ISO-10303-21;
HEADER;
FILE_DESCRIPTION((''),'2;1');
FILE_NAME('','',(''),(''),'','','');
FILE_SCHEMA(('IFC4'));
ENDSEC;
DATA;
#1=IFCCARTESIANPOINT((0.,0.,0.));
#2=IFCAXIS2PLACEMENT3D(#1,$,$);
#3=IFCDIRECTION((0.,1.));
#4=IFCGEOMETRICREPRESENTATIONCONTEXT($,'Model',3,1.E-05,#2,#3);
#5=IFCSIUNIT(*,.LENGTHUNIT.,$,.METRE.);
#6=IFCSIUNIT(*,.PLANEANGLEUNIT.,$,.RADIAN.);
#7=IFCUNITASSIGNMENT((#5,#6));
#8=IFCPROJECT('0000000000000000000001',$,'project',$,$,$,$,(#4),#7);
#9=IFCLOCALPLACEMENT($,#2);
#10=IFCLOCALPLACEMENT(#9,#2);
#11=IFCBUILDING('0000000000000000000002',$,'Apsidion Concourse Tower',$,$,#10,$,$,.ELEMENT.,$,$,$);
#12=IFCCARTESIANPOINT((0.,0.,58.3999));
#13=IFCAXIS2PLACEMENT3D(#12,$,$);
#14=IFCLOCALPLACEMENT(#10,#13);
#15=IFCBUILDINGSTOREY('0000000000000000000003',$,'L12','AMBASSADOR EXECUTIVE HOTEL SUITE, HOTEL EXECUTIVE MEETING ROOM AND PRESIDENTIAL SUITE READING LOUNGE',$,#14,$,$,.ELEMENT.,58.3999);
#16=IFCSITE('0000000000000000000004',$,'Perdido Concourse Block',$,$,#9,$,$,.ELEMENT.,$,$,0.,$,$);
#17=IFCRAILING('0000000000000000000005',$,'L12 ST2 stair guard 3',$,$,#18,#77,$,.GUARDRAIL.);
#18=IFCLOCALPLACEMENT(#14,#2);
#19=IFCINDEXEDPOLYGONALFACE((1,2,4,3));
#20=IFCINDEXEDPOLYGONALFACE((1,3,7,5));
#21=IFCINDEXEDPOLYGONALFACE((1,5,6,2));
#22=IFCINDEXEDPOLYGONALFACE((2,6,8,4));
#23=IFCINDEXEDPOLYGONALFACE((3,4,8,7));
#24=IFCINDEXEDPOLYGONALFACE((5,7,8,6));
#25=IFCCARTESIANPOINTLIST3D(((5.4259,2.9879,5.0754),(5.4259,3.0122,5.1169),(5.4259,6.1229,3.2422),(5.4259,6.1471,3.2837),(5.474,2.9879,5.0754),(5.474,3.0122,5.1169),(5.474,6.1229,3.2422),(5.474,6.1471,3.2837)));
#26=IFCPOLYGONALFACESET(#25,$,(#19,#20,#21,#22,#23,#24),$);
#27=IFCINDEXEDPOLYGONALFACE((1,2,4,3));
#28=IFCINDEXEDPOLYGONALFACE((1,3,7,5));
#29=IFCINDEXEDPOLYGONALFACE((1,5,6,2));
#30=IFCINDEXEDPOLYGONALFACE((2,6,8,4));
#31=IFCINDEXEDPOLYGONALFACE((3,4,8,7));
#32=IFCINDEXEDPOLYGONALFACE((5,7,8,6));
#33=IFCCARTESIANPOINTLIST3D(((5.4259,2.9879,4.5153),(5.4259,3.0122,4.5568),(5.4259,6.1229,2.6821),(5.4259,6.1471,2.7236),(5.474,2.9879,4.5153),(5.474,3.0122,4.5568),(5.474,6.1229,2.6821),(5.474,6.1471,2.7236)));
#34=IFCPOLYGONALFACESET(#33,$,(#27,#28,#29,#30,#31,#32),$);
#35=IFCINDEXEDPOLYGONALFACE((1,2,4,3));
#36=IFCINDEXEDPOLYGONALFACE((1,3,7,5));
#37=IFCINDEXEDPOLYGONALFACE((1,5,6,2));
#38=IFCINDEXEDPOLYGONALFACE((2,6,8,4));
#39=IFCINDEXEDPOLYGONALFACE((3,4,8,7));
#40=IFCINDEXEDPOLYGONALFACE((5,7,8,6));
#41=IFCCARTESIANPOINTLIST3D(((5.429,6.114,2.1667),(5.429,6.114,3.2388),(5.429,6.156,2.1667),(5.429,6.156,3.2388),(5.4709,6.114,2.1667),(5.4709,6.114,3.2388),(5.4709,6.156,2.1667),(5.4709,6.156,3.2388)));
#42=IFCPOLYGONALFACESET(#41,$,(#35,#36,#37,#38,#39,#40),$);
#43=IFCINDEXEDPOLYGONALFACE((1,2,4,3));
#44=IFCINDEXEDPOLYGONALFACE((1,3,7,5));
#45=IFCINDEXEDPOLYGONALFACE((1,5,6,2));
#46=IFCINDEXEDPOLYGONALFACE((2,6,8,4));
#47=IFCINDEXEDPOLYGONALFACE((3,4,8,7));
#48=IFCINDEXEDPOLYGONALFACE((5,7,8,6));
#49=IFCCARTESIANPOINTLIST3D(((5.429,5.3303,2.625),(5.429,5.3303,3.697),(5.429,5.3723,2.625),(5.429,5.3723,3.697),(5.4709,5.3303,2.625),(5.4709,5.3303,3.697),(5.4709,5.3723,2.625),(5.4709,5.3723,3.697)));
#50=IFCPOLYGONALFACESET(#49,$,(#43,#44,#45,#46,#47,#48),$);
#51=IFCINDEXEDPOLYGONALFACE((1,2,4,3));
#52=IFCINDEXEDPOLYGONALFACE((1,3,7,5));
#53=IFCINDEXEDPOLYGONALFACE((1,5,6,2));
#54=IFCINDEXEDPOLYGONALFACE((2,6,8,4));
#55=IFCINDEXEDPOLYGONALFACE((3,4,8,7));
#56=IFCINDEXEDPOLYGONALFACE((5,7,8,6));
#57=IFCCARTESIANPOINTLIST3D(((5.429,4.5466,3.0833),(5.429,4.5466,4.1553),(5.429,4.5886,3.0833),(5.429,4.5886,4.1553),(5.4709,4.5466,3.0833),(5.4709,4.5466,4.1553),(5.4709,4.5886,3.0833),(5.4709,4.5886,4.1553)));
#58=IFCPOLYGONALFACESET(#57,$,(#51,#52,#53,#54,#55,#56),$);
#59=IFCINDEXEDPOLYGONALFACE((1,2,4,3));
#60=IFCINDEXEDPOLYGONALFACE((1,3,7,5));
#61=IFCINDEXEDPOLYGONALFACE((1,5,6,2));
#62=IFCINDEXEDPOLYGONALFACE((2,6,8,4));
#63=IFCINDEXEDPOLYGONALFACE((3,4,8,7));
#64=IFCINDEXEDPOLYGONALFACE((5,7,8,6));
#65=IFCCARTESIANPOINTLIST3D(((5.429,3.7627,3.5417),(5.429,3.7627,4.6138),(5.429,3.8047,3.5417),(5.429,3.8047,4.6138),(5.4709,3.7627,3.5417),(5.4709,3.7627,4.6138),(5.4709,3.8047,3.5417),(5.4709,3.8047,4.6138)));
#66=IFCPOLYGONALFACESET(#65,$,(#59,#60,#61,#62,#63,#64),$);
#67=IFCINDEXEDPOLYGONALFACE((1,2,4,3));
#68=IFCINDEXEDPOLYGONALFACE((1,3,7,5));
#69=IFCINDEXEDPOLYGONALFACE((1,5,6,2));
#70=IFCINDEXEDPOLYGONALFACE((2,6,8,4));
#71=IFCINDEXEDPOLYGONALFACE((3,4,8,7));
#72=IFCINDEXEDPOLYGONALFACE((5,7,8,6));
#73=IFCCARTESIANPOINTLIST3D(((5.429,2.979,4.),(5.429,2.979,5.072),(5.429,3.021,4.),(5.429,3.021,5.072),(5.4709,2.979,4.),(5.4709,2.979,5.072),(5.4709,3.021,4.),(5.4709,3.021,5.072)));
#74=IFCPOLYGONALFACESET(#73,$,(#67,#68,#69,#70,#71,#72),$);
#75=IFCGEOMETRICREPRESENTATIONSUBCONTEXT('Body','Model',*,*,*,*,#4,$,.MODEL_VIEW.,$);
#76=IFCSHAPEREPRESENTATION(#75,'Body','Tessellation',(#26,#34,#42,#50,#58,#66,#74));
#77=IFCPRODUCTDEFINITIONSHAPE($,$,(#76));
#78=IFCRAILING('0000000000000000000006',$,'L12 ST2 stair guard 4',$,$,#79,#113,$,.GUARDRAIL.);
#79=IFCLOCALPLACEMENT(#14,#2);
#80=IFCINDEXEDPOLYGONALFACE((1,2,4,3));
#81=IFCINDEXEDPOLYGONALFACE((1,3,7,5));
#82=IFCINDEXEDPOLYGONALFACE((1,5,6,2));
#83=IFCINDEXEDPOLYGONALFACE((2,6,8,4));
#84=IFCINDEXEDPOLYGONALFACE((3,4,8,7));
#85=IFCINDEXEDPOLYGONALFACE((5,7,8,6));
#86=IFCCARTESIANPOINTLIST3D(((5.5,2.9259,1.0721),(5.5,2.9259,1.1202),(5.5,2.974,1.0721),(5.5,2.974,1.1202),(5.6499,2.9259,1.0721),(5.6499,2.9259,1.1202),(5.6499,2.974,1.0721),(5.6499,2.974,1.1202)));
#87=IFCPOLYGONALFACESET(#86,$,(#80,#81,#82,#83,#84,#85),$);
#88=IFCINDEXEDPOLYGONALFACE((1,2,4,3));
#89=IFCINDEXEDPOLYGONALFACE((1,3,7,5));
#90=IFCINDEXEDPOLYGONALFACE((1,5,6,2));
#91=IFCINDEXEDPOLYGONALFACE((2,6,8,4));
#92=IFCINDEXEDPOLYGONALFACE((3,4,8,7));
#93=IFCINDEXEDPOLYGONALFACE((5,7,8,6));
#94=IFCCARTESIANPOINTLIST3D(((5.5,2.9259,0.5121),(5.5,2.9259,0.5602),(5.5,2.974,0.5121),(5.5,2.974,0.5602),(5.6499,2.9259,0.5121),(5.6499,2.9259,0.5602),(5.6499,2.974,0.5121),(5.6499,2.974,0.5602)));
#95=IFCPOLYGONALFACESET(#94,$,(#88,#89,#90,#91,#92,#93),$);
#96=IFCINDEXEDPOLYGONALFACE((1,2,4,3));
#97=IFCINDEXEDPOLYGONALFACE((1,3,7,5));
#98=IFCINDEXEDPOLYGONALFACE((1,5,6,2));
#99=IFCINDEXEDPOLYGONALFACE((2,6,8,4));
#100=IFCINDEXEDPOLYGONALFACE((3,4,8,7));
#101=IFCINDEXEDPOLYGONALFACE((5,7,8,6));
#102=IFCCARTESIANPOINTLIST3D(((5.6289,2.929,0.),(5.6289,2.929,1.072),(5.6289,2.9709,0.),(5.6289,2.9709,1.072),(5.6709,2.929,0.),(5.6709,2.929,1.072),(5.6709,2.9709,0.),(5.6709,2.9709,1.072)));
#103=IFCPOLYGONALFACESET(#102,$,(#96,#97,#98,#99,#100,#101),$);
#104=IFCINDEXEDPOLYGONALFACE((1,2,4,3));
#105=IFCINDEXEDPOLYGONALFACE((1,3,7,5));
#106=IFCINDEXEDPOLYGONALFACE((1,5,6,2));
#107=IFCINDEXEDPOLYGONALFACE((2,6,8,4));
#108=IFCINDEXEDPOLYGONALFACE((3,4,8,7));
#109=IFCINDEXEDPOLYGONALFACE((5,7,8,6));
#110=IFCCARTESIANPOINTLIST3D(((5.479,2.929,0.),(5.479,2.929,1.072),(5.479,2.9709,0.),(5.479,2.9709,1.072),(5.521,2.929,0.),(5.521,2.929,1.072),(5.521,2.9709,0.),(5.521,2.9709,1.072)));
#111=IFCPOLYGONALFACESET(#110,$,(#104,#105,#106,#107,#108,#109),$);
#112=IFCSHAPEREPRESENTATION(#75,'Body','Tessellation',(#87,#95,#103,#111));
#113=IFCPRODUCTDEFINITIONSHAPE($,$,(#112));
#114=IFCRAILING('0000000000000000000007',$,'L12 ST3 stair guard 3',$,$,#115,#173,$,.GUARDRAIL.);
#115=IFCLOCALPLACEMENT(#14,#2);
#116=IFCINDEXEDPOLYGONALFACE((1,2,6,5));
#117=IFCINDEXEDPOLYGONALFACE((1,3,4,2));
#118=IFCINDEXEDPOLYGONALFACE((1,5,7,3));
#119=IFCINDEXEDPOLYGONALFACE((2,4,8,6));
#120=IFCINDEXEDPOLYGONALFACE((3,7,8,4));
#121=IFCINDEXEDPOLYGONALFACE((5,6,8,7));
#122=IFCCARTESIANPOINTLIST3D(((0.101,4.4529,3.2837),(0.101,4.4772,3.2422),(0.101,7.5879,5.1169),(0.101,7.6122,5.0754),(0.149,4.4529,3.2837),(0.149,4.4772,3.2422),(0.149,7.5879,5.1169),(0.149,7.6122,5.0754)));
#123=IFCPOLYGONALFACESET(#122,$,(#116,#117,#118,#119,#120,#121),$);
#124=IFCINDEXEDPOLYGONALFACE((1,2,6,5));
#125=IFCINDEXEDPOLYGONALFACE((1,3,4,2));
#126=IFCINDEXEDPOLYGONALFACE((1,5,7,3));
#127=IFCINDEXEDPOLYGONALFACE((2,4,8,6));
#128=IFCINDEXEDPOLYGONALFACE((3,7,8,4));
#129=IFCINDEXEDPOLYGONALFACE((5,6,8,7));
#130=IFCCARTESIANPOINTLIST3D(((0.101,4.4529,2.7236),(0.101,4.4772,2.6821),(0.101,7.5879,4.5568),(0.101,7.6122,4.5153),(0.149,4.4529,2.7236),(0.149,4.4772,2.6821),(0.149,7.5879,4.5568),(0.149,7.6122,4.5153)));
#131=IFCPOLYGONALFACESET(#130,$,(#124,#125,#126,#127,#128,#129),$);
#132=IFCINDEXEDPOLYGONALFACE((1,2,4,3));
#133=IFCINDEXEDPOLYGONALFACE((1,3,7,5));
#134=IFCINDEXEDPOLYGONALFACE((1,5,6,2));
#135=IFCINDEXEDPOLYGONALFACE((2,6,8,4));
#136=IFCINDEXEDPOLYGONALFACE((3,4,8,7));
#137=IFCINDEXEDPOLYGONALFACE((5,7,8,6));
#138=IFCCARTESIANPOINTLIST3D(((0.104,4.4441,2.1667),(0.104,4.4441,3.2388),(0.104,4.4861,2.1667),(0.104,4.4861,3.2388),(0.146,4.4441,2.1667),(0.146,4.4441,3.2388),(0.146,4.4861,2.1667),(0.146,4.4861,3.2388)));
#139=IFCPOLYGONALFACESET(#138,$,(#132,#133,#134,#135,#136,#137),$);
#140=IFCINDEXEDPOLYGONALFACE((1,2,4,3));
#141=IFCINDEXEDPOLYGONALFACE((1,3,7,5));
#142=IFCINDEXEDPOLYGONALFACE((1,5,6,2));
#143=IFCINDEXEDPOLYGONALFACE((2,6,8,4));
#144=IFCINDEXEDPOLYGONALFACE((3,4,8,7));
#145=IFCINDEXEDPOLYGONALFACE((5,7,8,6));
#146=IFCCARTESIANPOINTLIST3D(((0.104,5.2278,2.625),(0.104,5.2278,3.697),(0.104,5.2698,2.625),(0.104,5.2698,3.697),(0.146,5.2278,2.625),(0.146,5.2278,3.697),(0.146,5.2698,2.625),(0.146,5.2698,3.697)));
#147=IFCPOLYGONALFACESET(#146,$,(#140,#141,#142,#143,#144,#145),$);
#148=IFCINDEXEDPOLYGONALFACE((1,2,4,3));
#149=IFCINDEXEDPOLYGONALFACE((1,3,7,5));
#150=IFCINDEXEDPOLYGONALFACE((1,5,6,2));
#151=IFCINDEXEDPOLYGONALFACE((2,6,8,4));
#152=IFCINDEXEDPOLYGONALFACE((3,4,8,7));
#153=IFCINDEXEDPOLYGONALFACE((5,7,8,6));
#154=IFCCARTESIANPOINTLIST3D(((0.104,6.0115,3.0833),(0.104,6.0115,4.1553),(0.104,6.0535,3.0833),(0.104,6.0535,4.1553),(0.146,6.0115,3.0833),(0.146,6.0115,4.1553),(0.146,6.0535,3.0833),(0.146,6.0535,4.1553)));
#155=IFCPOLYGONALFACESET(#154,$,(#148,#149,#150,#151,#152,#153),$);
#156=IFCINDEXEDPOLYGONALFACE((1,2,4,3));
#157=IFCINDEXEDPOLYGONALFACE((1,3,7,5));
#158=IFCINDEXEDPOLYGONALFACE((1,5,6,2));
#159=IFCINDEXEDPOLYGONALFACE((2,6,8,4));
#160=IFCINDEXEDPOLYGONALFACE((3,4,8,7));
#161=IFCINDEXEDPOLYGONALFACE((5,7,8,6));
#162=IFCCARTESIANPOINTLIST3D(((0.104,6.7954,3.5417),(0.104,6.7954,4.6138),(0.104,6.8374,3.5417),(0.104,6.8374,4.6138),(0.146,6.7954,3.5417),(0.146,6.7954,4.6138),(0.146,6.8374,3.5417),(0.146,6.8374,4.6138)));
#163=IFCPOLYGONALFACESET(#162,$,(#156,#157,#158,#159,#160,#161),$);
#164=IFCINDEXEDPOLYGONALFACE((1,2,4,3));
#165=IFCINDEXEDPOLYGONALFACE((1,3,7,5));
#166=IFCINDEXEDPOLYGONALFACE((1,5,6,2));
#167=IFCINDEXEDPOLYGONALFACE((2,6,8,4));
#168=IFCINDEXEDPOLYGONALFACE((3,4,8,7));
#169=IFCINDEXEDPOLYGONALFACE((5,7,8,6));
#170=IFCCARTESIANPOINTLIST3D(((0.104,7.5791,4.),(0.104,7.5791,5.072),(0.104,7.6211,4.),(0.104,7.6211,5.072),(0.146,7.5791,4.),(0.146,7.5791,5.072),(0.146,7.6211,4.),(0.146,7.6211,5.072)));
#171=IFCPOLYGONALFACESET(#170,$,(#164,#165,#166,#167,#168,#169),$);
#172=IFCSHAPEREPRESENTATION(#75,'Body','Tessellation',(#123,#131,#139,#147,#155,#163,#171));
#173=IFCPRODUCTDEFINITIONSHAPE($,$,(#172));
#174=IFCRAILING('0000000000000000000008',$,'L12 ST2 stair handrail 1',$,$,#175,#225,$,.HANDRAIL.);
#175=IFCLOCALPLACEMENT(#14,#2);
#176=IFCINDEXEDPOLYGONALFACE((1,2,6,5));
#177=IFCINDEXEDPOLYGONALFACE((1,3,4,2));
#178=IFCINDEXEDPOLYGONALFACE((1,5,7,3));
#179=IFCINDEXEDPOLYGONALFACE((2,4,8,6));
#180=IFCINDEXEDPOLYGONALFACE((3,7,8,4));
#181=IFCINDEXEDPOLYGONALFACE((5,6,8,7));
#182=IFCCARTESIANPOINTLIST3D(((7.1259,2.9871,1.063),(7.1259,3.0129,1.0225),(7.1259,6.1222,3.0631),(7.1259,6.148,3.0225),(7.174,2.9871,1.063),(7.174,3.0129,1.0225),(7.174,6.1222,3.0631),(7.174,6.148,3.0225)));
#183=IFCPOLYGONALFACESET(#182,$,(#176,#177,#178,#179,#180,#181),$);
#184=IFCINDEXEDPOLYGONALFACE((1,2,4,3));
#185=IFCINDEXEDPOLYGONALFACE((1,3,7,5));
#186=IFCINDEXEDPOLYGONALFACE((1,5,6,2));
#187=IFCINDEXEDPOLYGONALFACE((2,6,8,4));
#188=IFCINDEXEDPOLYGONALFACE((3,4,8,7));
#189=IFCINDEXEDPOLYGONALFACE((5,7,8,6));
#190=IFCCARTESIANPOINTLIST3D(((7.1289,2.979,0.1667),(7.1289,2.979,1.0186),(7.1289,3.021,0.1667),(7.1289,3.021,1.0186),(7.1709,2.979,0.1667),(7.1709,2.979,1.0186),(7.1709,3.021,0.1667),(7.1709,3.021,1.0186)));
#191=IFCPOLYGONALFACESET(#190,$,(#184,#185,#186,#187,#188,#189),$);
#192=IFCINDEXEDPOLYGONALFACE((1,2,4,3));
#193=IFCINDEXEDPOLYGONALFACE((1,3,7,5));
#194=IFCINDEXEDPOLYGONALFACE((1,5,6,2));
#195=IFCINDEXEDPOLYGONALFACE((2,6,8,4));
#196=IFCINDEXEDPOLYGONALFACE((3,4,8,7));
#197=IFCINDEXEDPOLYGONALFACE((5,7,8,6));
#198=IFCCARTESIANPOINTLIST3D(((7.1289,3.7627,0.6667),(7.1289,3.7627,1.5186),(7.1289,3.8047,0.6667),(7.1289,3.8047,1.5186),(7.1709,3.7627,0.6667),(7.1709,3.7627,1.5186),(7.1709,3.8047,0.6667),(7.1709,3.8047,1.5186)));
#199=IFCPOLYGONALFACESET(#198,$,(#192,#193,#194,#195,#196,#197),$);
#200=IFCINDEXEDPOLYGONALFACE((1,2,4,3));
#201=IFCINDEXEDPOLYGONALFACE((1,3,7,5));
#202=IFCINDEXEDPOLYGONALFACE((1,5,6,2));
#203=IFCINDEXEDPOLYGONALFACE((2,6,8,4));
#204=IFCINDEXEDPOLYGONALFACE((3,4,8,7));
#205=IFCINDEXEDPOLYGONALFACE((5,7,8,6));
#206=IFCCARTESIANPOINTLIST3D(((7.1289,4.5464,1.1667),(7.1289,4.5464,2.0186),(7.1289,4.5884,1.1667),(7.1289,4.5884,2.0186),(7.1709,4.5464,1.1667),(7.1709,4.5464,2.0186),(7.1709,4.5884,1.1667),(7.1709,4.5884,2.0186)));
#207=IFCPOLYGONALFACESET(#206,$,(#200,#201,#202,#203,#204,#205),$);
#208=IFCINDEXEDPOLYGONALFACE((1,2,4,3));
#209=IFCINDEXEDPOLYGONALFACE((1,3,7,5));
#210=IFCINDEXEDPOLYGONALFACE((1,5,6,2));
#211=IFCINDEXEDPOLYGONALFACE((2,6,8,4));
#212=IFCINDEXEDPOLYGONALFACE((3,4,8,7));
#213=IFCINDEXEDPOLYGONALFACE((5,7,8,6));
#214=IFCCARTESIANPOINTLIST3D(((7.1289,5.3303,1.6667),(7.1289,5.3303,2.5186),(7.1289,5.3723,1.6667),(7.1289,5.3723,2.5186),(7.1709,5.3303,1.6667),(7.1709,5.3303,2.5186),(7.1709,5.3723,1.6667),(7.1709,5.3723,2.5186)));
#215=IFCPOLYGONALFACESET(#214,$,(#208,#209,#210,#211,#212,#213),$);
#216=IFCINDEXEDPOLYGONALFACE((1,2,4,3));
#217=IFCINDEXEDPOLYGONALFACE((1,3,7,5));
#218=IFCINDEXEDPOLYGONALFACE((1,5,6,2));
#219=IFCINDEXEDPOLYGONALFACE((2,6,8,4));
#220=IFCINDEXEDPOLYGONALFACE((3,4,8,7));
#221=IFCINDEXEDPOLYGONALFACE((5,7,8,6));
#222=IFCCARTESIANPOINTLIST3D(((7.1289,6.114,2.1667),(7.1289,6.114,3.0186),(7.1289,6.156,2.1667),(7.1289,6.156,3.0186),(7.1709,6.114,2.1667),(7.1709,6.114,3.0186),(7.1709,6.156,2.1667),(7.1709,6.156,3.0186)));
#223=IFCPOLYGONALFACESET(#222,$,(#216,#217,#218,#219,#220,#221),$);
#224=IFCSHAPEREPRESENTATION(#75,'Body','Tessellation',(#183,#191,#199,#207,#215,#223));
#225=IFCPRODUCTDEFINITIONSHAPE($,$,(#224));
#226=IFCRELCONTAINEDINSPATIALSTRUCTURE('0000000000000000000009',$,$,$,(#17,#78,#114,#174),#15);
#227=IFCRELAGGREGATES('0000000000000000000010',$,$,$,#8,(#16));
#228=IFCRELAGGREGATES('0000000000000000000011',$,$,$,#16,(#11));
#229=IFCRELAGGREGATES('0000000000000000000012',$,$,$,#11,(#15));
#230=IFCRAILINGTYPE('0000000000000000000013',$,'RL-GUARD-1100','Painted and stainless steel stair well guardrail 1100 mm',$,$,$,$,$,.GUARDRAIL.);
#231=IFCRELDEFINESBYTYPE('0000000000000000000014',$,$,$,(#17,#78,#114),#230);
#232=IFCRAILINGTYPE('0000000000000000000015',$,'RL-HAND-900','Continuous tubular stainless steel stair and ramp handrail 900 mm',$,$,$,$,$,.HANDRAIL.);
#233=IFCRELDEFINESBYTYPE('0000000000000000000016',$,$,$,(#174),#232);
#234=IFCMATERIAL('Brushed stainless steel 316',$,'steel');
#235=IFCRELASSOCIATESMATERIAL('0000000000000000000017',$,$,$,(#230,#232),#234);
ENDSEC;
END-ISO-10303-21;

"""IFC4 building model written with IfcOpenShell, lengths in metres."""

from ifc_helpers import new_model, si_unit, direction, frame, origin, origin_2d, place, context, subcontext, project, spatial, rectangle, extrude, material, type_object, element, save


model = new_model("IFC4")

# Units and contexts
model_context = context("Model", 3, precision=1e-05, world=origin(), true_north=direction((0.0, 1.0)))
body_context = subcontext(model_context, "Body", "Model", "MODEL_VIEW")
ifc_project = project(units=[si_unit("LENGTHUNIT", "METRE"), si_unit("PLANEANGLEUNIT", "RADIAN")], contexts=[model_context])

# Site, building, storey
site_placement = place(None, origin())
site = spatial("IfcSite", under=ifc_project, at=site_placement, Name="Perdido Concourse Block", CompositionType="ELEMENT", RefElevation=0.0)
building_placement = place(site_placement, origin())
building = spatial("IfcBuilding", under=site, at=building_placement, Name="Apsidion Concourse Tower", CompositionType="ELEMENT")
storey_placement = place(building_placement, frame((0.0, 0.0, 58.3999)))
storey = spatial("IfcBuildingStorey", under=building, at=storey_placement, Name="L12", Description="AMBASSADOR EXECUTIVE HOTEL SUITE, HOTEL EXECUTIVE MEETING ROOM AND PRESIDENTIAL SUITE READING LOUNGE", CompositionType="ELEMENT", Elevation=58.3999)

# Railings
ifc_material_1 = material(Name="Brushed stainless steel 316", Category="steel")
railing_type_1 = type_object("IfcRailingType", Name="RL-GUARD-1100", Description="Painted and stainless steel stair well guardrail 1100 mm", PredefinedType="GUARDRAIL", material=ifc_material_1)
railing_1_placement = place(storey_placement, frame((5.45, 6.135, 2.1667)))
element("IfcRailing", 1, at=railing_1_placement, inside=storey, type_object=railing_type_1, Name="L12 ST2 stair guard 3", PredefinedType="GUARDRAIL", context=body_context, shape_type="SweptSolid", body=[
    extrude(rectangle(XDim=0.0481, YDim=0.0481, at=origin_2d()), frame((0.0, 0.0, 1.0962), z_axis=(0.0, -0.86324, 0.504794), x_axis=(1.0, 0.0, 0.0)), (0.0, 0.0, 1.0), 3.6316),
    extrude(rectangle(XDim=0.0481, YDim=0.0481, at=origin_2d()), frame((0.0, 0.0, 0.5361), z_axis=(0.0, -0.86324, 0.504794), x_axis=(1.0, 0.0, 0.0)), (0.0, 0.0, 1.0), 3.6316),
    extrude(rectangle(XDim=0.042, YDim=0.042, at=origin_2d()), origin(), (0.0, 0.0, 1.0), 1.072),
    extrude(rectangle(XDim=0.042, YDim=0.042, at=origin_2d()), frame((0.0, -0.7837, 0.4583)), (0.0, 0.0, 1.0), 1.072),
    extrude(rectangle(XDim=0.042, YDim=0.042, at=origin_2d()), frame((0.0, -1.5674, 0.9165)), (0.0, 0.0, 1.0), 1.072),
    extrude(rectangle(XDim=0.042, YDim=0.042, at=origin_2d()), frame((0.0, -2.3513, 1.375)), (0.0, 0.0, 1.0), 1.072),
    extrude(rectangle(XDim=0.042, YDim=0.042, at=origin_2d()), frame((0.0, -3.135, 1.8333)), (0.0, 0.0, 1.0), 1.072),
])
railing_2_placement = place(storey_placement, frame((5.6499, 2.95, 0.0)))
element("IfcRailing", 2, at=railing_2_placement, inside=storey, type_object=railing_type_1, Name="L12 ST2 stair guard 4", PredefinedType="GUARDRAIL", context=body_context, shape_type="SweptSolid", body=[
    extrude(rectangle(XDim=0.0481, YDim=0.0481, at=origin_2d()), frame((0.0, 0.0, 1.0962), z_axis=(-1.0, 0.0, 0.0), x_axis=(0.0, -1.0, 0.0)), (0.0, 0.0, 1.0), 0.1499),
    extrude(rectangle(XDim=0.0481, YDim=0.0481, at=origin_2d()), frame((0.0, 0.0, 0.5361), z_axis=(-1.0, 0.0, 0.0), x_axis=(0.0, -1.0, 0.0)), (0.0, 0.0, 1.0), 0.1499),
    extrude(rectangle(XDim=0.042, YDim=0.042, at=origin_2d()), origin(), (0.0, 0.0, 1.0), 1.072),
    extrude(rectangle(XDim=0.042, YDim=0.042, at=origin_2d()), frame((-0.1499, 0.0, 0.0)), (0.0, 0.0, 1.0), 1.072),
])
railing_3_placement = place(storey_placement, frame((0.125, 4.4651, 2.1667)))
element("IfcRailing", 3, at=railing_3_placement, inside=storey, type_object=railing_type_1, Name="L12 ST3 stair guard 3", PredefinedType="GUARDRAIL", context=body_context, shape_type="SweptSolid", body=[
    extrude(rectangle(XDim=0.0481, YDim=0.0481, at=origin_2d()), frame((0.0, 0.0, 1.0962), z_axis=(0.0, 0.86324, 0.504794), x_axis=(-1.0, 0.0, 0.0)), (0.0, 0.0, 1.0), 3.6316),
    extrude(rectangle(XDim=0.0481, YDim=0.0481, at=origin_2d()), frame((0.0, 0.0, 0.5361), z_axis=(0.0, 0.86324, 0.504794), x_axis=(-1.0, 0.0, 0.0)), (0.0, 0.0, 1.0), 3.6316),
    extrude(rectangle(XDim=0.042, YDim=0.042, at=origin_2d()), origin(), (0.0, 0.0, 1.0), 1.072),
    extrude(rectangle(XDim=0.042, YDim=0.042, at=origin_2d()), frame((0.0, 0.7837, 0.4583)), (0.0, 0.0, 1.0), 1.072),
    extrude(rectangle(XDim=0.042, YDim=0.042, at=origin_2d()), frame((0.0, 1.5674, 0.9165)), (0.0, 0.0, 1.0), 1.072),
    extrude(rectangle(XDim=0.042, YDim=0.042, at=origin_2d()), frame((0.0, 2.3513, 1.375)), (0.0, 0.0, 1.0), 1.072),
    extrude(rectangle(XDim=0.042, YDim=0.042, at=origin_2d()), frame((0.0, 3.135, 1.8333)), (0.0, 0.0, 1.0), 1.072),
])
railing_type_2 = type_object("IfcRailingType", Name="RL-HAND-900", Description="Continuous tubular stainless steel stair and ramp handrail 900 mm", PredefinedType="HANDRAIL", material=ifc_material_1)
railing_4_placement = place(storey_placement, frame((7.1499, 3.0, 0.1667)))
element("IfcRailing", 4, at=railing_4_placement, inside=storey, type_object=railing_type_2, Name="L12 ST2 stair handrail 1", PredefinedType="HANDRAIL", context=body_context, shape_type="SweptSolid", body=[
    extrude(rectangle(XDim=0.0481, YDim=0.0481, at=origin_2d()), frame((0.0, 0.0, 0.876), z_axis=(0.0, 0.843053, 0.537831), x_axis=(-1.0, 0.0, 0.0)), (0.0, 0.0, 1.0), 3.7188),
    extrude(rectangle(XDim=0.042, YDim=0.042, at=origin_2d()), origin(), (0.0, 0.0, 1.0), 0.8518),
    extrude(rectangle(XDim=0.042, YDim=0.042, at=origin_2d()), frame((0.0, 0.7837, 0.5)), (0.0, 0.0, 1.0), 0.8518),
    extrude(rectangle(XDim=0.042, YDim=0.042, at=origin_2d()), frame((0.0, 1.5674, 1.0)), (0.0, 0.0, 1.0), 0.8518),
    extrude(rectangle(XDim=0.042, YDim=0.042, at=origin_2d()), frame((0.0, 2.3513, 1.5)), (0.0, 0.0, 1.0), 0.8518),
    extrude(rectangle(XDim=0.042, YDim=0.042, at=origin_2d()), frame((0.0, 3.135, 2.0)), (0.0, 0.0, 1.0), 0.8518),
])

save(model, "model.ifc")
